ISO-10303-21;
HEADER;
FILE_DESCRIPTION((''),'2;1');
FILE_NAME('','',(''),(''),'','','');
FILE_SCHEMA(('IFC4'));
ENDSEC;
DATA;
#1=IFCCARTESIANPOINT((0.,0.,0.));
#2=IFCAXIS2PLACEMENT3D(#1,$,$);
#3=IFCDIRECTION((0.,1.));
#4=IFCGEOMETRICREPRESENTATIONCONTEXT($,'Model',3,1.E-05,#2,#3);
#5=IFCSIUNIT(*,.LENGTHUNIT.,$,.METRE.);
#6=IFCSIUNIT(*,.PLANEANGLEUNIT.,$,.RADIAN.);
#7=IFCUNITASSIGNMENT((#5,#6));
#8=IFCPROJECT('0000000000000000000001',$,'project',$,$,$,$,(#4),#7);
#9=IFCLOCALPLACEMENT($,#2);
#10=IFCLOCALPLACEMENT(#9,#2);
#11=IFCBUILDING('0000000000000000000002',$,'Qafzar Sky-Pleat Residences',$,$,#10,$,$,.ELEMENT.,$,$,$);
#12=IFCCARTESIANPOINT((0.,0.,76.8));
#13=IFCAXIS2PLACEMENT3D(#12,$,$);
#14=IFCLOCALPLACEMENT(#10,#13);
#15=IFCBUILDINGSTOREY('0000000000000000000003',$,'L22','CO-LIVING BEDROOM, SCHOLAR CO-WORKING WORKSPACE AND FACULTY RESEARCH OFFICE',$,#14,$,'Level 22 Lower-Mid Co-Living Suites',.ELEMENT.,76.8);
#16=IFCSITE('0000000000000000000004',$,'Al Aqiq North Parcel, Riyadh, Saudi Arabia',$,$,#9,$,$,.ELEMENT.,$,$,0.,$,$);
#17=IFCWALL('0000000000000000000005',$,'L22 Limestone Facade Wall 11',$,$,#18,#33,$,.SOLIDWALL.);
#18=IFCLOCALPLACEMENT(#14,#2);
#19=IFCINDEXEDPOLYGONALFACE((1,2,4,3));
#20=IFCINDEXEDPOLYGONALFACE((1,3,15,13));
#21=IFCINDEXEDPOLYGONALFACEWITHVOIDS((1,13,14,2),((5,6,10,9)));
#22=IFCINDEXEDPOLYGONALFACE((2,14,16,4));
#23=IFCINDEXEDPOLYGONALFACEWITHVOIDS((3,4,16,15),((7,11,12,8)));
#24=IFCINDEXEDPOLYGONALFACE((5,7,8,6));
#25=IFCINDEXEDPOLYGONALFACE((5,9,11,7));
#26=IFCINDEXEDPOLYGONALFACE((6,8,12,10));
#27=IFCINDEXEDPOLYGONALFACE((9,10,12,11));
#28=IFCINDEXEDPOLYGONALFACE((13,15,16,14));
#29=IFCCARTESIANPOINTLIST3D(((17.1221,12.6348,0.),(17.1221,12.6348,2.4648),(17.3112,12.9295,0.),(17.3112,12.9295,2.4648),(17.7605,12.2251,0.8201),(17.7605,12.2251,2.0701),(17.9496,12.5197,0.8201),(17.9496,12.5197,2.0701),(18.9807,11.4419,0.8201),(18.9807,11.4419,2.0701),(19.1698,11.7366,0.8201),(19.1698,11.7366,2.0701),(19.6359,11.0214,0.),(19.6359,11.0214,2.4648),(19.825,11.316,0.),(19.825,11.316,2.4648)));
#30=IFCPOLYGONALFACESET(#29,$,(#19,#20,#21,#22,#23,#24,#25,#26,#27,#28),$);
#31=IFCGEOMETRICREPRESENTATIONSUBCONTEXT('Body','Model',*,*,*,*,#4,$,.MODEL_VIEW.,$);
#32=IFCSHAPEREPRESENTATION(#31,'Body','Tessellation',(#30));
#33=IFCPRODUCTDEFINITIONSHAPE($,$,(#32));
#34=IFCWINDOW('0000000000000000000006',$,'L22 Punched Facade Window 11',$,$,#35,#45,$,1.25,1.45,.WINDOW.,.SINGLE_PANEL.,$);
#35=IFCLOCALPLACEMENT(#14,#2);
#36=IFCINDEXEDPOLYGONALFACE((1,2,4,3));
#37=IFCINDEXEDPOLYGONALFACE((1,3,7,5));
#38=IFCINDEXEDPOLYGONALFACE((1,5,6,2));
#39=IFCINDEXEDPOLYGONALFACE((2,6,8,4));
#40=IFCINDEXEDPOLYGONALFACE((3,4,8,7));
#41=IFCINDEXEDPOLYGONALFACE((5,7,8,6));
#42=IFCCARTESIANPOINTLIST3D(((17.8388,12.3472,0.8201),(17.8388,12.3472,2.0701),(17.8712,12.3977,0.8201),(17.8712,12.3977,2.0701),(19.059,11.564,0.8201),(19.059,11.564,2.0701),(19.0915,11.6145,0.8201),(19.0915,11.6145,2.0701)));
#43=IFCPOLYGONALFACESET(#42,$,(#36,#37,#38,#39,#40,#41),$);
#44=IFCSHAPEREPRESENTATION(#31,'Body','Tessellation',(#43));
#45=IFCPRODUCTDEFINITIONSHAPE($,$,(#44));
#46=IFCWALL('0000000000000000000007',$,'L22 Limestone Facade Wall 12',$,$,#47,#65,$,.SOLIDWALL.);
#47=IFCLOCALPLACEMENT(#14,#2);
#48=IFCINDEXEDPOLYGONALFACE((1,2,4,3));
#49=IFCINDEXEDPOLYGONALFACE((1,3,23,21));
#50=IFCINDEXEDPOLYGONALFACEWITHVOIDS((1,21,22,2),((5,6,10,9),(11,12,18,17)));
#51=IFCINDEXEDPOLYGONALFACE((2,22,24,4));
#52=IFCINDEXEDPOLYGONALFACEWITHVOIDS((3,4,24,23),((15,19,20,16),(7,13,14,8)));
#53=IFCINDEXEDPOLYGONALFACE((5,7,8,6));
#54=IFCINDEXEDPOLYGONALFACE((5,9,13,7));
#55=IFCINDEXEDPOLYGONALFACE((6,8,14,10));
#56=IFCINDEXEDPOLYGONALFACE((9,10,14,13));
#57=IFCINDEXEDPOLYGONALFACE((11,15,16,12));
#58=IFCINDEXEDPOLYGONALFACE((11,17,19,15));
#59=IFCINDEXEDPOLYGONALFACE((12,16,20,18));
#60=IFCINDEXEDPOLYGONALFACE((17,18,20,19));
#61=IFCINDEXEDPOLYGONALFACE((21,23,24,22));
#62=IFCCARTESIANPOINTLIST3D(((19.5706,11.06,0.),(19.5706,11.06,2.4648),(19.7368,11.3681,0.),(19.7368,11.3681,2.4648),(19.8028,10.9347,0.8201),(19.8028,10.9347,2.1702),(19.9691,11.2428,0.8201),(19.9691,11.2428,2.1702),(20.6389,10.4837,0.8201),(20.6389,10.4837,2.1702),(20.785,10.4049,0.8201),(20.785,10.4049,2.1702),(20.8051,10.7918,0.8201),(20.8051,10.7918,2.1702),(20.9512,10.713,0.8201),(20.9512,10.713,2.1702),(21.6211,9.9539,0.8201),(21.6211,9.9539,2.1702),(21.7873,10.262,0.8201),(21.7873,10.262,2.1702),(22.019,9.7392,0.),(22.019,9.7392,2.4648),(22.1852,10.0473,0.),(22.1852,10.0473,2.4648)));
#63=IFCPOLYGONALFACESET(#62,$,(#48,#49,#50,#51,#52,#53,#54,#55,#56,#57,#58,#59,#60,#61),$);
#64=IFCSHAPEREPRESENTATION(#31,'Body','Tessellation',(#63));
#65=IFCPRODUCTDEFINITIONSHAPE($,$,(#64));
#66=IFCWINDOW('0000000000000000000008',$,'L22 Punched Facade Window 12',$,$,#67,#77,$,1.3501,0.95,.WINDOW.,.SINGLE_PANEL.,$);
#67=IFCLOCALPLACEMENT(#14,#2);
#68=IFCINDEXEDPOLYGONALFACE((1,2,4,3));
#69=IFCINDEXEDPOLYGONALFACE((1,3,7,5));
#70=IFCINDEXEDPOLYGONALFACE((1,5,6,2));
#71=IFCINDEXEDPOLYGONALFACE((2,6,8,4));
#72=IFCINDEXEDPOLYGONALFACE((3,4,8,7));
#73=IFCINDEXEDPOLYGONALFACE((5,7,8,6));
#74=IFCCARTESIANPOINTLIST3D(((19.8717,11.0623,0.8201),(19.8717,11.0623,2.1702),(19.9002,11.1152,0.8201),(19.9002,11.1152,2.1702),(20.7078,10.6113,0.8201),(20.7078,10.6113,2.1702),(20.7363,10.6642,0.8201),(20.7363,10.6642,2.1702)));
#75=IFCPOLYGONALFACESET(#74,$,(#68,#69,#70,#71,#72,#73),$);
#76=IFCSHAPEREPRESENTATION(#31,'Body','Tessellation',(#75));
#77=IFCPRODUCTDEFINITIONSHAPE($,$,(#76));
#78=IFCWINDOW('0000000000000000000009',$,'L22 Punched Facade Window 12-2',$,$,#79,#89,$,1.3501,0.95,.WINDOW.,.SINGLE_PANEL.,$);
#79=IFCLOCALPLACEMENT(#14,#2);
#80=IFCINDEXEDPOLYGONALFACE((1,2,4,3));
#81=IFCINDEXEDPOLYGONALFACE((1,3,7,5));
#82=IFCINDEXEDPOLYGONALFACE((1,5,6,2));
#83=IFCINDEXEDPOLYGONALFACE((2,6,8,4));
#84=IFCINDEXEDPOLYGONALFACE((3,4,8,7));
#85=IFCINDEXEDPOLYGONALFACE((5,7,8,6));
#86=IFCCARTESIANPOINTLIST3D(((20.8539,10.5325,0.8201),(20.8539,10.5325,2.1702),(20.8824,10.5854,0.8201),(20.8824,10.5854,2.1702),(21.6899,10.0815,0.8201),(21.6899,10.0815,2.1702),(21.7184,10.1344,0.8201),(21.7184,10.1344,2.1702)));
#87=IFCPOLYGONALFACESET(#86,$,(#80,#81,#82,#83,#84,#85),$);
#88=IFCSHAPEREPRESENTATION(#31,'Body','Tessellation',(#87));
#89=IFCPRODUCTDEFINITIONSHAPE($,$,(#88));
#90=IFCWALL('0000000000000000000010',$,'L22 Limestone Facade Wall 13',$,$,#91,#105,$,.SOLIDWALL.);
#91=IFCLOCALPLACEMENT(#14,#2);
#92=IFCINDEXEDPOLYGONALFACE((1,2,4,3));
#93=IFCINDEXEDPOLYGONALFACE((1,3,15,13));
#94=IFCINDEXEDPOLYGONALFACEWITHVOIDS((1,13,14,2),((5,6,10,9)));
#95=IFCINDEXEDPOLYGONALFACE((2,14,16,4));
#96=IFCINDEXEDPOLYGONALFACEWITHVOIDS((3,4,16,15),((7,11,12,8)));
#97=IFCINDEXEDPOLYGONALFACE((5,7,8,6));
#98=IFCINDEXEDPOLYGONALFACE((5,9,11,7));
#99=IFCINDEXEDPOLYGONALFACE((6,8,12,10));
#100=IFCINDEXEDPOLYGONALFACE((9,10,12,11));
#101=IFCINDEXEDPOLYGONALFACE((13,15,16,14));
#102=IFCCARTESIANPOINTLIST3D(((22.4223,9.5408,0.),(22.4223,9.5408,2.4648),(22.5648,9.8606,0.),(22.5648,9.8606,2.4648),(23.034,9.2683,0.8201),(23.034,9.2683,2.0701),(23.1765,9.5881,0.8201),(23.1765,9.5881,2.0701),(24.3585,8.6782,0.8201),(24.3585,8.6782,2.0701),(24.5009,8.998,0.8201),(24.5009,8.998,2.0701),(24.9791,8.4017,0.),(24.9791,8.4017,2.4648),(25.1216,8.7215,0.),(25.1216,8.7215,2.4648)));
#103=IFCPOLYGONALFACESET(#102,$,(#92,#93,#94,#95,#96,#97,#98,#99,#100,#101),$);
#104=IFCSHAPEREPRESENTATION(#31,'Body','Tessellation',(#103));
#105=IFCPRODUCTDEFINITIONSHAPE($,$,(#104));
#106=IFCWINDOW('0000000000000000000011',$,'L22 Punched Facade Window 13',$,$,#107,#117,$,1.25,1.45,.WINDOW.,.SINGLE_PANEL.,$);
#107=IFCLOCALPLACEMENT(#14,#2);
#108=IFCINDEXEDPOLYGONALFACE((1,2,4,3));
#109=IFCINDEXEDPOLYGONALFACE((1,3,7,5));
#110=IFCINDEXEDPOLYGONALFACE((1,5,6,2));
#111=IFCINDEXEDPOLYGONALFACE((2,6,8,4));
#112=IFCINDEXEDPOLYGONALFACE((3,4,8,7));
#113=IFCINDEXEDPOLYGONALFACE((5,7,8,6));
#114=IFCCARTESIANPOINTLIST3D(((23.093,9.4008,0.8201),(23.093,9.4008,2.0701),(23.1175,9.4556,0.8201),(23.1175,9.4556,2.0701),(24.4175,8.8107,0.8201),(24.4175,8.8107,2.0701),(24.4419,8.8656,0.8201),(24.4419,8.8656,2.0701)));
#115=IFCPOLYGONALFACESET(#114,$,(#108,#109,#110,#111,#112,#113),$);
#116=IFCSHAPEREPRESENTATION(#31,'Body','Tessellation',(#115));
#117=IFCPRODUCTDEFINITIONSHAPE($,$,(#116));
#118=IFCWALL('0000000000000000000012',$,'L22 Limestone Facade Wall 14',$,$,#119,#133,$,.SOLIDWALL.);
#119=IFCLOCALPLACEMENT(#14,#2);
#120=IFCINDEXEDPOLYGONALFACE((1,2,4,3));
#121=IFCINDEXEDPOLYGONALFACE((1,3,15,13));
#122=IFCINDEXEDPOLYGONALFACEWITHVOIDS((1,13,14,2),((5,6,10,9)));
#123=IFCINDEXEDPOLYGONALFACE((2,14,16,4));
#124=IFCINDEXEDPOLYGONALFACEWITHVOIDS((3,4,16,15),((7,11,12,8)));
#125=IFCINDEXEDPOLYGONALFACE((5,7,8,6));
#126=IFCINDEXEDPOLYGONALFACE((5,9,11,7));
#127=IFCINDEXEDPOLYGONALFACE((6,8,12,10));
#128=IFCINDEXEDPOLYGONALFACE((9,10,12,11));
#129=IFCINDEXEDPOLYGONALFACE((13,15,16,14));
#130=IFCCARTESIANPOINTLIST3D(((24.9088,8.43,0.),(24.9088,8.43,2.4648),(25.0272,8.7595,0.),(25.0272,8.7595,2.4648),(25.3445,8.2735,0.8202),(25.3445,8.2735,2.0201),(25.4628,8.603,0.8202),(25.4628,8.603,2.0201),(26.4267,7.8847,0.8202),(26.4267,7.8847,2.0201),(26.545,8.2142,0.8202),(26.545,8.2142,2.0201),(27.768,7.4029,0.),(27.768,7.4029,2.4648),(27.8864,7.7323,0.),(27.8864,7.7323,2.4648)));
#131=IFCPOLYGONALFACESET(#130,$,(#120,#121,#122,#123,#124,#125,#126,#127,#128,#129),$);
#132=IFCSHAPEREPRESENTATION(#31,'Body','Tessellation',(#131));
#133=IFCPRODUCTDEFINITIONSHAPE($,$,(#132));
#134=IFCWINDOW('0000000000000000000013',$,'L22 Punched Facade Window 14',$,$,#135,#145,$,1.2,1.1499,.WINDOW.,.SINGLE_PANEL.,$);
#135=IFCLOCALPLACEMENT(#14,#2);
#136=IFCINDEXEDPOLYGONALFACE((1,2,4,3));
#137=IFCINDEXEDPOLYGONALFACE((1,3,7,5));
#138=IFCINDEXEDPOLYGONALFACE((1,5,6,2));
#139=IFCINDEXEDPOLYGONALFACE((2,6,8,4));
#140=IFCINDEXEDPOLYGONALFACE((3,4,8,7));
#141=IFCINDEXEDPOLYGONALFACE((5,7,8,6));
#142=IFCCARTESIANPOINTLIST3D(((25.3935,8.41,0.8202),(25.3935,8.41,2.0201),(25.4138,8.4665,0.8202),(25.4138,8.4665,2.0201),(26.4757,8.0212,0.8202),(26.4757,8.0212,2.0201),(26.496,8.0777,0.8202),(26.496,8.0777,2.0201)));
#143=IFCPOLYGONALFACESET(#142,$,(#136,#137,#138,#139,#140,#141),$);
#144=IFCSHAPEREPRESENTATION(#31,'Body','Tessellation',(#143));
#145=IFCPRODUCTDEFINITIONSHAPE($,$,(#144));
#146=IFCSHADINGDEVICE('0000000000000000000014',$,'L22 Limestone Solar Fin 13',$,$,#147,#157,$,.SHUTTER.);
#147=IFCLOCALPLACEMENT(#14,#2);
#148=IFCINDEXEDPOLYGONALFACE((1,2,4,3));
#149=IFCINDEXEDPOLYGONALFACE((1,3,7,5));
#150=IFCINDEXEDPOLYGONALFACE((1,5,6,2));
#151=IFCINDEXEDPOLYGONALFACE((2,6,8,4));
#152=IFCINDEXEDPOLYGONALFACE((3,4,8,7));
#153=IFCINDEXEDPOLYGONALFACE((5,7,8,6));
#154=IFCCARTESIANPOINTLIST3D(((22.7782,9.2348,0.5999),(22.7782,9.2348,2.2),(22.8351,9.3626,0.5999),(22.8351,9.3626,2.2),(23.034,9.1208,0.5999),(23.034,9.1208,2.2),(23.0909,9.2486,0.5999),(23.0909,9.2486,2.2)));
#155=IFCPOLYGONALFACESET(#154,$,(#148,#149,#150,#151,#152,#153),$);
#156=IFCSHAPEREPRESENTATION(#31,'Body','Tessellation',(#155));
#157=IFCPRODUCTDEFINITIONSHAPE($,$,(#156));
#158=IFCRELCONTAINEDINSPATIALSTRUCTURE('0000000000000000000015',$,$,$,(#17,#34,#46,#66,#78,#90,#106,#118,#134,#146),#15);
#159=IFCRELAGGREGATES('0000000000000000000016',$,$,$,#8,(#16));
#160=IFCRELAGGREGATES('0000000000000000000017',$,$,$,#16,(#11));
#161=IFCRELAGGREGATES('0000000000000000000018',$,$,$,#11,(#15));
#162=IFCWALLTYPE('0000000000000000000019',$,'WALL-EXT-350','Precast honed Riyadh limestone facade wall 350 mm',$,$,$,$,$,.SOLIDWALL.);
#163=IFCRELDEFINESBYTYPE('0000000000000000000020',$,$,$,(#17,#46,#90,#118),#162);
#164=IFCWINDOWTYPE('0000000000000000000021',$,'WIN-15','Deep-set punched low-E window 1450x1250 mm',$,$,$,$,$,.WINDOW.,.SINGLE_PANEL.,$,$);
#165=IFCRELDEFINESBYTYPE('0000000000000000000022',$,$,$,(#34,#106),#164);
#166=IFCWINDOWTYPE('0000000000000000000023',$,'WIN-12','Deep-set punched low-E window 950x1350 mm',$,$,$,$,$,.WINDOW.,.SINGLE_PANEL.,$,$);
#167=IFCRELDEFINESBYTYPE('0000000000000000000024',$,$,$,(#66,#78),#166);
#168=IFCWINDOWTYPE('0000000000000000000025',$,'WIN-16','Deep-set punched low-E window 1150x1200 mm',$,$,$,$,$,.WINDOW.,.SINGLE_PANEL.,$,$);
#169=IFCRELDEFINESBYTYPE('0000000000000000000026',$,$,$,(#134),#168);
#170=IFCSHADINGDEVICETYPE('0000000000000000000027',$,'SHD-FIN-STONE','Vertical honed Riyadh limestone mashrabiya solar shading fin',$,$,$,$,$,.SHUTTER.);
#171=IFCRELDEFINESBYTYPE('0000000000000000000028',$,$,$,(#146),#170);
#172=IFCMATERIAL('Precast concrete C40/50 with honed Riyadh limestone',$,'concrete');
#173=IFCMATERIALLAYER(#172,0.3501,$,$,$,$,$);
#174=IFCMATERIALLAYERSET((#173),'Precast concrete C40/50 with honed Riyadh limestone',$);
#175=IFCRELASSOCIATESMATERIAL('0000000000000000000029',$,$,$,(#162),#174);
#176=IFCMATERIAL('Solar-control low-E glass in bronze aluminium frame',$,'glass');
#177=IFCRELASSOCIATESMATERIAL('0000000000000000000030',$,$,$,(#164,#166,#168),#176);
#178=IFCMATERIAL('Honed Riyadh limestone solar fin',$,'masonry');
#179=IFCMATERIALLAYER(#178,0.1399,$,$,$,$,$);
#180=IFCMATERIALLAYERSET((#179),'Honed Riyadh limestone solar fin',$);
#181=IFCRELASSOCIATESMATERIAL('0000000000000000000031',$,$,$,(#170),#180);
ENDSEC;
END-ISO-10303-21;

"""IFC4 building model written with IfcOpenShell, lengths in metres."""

from ifc_helpers import new_model, si_unit, direction, frame, frame_2d, origin, origin_2d, place, context, subcontext, project, spatial, rectangle, extrude, source, transform, mapped, material, layer, layer_set, type_object, element, fill, save


model = new_model("IFC4")

# Units and contexts
model_context = context("Model", 3, precision=1e-05, world=origin(), true_north=direction((0.0, 1.0)))
body_context = subcontext(model_context, "Body", "Model", "MODEL_VIEW")
ifc_project = project(units=[si_unit("LENGTHUNIT", "METRE"), si_unit("PLANEANGLEUNIT", "RADIAN")], contexts=[model_context])

# Site, building, storey
site_placement = place(None, origin())
site = spatial("IfcSite", under=ifc_project, at=site_placement, Name="Al Aqiq North Parcel, Riyadh, Saudi Arabia", CompositionType="ELEMENT", RefElevation=0.0)
building_placement = place(site_placement, origin())
building = spatial("IfcBuilding", under=site, at=building_placement, Name="Qafzar Sky-Pleat Residences", CompositionType="ELEMENT")
storey_placement = place(building_placement, frame((0.0, 0.0, 76.8)))
storey = spatial("IfcBuildingStorey", under=building, at=storey_placement, Name="L22", Description="CO-LIVING BEDROOM, SCHOLAR CO-WORKING WORKSPACE AND FACULTY RESEARCH OFFICE", LongName="Level 22 Lower-Mid Co-Living Suites", CompositionType="ELEMENT", Elevation=76.8)

# Wall, opening, window
ifc_material_1 = material(Name="Precast concrete C40/50 with honed Riyadh limestone", Category="concrete")
ifc_layer_1 = layer(ifc_material_1, 0.3501)
ifc_layer_set_1 = layer_set([ifc_layer_1], Name="Precast concrete C40/50 with honed Riyadh limestone")
wall_type_1 = type_object("IfcWallType", Name="WALL-EXT-350", Description="Precast honed Riyadh limestone facade wall 350 mm", PredefinedType="SOLIDWALL", material=ifc_layer_set_1)
wall_1_placement = place(storey_placement, frame((17.2166, 12.7822, 0.0), z_axis=(0.0, 0.0, 1.0), x_axis=(0.841569, -0.54015, 0.0)))
wall_1 = element("IfcWall", 1, at=wall_1_placement, inside=storey, type_object=wall_type_1, Name="L22 Limestone Facade Wall 11", PredefinedType="SOLIDWALL", context=body_context, shape_type="SweptSolid", body=[
    extrude(rectangle(XDim=2.9871, YDim=0.3501, at=frame_2d((1.4937, 0.0))), origin(), (0.0, 0.0, 1.0), 2.4648),
])
opening_1_placement = place(wall_1_placement, frame((0.7585, 0.0, 0.8201)))
opening_1 = element("IfcOpeningElement", 2, at=opening_1_placement, cuts=wall_1, PredefinedType="OPENING", context=body_context, shape_type="SweptSolid", body=[
    extrude(rectangle(XDim=1.45, YDim=1.25, at=frame_2d((0.7251, 0.625))), frame((0.0, 0.1851, 0.0), z_axis=(0.0, -1.0, 0.0), x_axis=(1.0, 0.0, 0.0)), (0.0, 0.0, 1.0), 0.3701),
])
ifc_material_2 = material(Name="Solar-control low-E glass in bronze aluminium frame", Category="glass")
window_type_1 = type_object("IfcWindowType", Name="WIN-15", Description="Deep-set punched low-E window 1450x1250 mm", PartitioningType="SINGLE_PANEL", PredefinedType="WINDOW", material=ifc_material_2)
shared_shape_1 = source(origin(), body_context, "Body", "SweptSolid", [
    extrude(rectangle(XDim=1.45, YDim=1.25, at=frame_2d((0.7251, 0.625))), frame((0.0, 0.03, 0.0), z_axis=(0.0, -1.0, 0.0), x_axis=(1.0, 0.0, 0.0)), (0.0, 0.0, 1.0), 0.0601),
])
window_1_placement = place(opening_1_placement, origin())
window_1 = element("IfcWindow", 3, at=window_1_placement, inside=storey, type_object=window_type_1, Name="L22 Punched Facade Window 11", OverallHeight=1.25, OverallWidth=1.45, PartitioningType="SINGLE_PANEL", PredefinedType="WINDOW", context=body_context, shape_type="MappedRepresentation", body=[
    mapped(shared_shape_1, transform((0.0, 0.0, 0.0), x_axis=(1.0, 0.0, 0.0), y_axis=(0.0, 1.0, 0.0), z_axis=(0.0, 0.0, 1.0), scale=1.0)),
])
fill(opening_1, window_1)

# Wall, openings, windows
wall_2_placement = place(storey_placement, frame((19.6536, 11.2141, 0.0), z_axis=(0.0, 0.0, 1.0), x_axis=(0.880113, -0.474764, 0.0)))
wall_2 = element("IfcWall", 4, at=wall_2_placement, inside=storey, type_object=wall_type_1, Name="L22 Limestone Facade Wall 12", PredefinedType="SOLIDWALL", context=body_context, shape_type="SweptSolid", body=[
    extrude(rectangle(XDim=2.782, YDim=0.3501, at=frame_2d((1.3911, 0.0))), origin(), (0.0, 0.0, 1.0), 2.4648),
])
opening_2_placement = place(wall_2_placement, frame((0.2639, 0.0, 0.8201)))
opening_2 = element("IfcOpeningElement", 5, at=opening_2_placement, cuts=wall_2, PredefinedType="OPENING", context=body_context, shape_type="SweptSolid", body=[
    extrude(rectangle(XDim=0.95, YDim=1.3501, at=frame_2d((0.4751, 0.675))), frame((0.0, 0.1851, 0.0), z_axis=(0.0, -1.0, 0.0), x_axis=(1.0, 0.0, 0.0)), (0.0, 0.0, 1.0), 0.3701),
])
opening_3_placement = place(wall_2_placement, frame((1.3799, 0.0, 0.8201)))
opening_3 = element("IfcOpeningElement", 6, at=opening_3_placement, cuts=wall_2, PredefinedType="OPENING", context=body_context, shape_type="SweptSolid", body=[
    extrude(rectangle(XDim=0.95, YDim=1.3501, at=frame_2d((0.4751, 0.675))), frame((0.0, 0.1851, 0.0), z_axis=(0.0, -1.0, 0.0), x_axis=(1.0, 0.0, 0.0)), (0.0, 0.0, 1.0), 0.3701),
])
window_type_2 = type_object("IfcWindowType", Name="WIN-12", Description="Deep-set punched low-E window 950x1350 mm", PartitioningType="SINGLE_PANEL", PredefinedType="WINDOW", material=ifc_material_2)
shared_shape_2 = source(origin(), body_context, "Body", "SweptSolid", [
    extrude(rectangle(XDim=0.95, YDim=1.3501, at=frame_2d((0.4751, 0.675))), frame((0.0, 0.03, 0.0), z_axis=(0.0, -1.0, 0.0), x_axis=(1.0, 0.0, 0.0)), (0.0, 0.0, 1.0), 0.0601),
])
window_2_placement = place(opening_2_placement, origin())
window_2 = element("IfcWindow", 7, at=window_2_placement, inside=storey, type_object=window_type_2, Name="L22 Punched Facade Window 12", OverallHeight=1.3501, OverallWidth=0.95, PartitioningType="SINGLE_PANEL", PredefinedType="WINDOW", context=body_context, shape_type="MappedRepresentation", body=[
    mapped(shared_shape_2, transform((0.0, 0.0, 0.0), x_axis=(1.0, 0.0, 0.0), y_axis=(0.0, 1.0, 0.0), z_axis=(0.0, 0.0, 1.0), scale=1.0)),
])
fill(opening_2, window_2)
window_3_placement = place(opening_3_placement, origin())
window_3 = element("IfcWindow", 8, at=window_3_placement, inside=storey, type_object=window_type_2, Name="L22 Punched Facade Window 12-2", OverallHeight=1.3501, OverallWidth=0.95, PartitioningType="SINGLE_PANEL", PredefinedType="WINDOW", context=body_context, shape_type="MappedRepresentation", body=[
    mapped(shared_shape_2, transform((0.0, 0.0, 0.0), x_axis=(1.0, 0.0, 0.0), y_axis=(0.0, 1.0, 0.0), z_axis=(0.0, 0.0, 1.0), scale=1.0)),
])
fill(opening_3, window_3)

# Walls, openings, windows
wall_3_placement = place(storey_placement, frame((22.4937, 9.7007, 0.0), z_axis=(0.0, 0.0, 1.0), x_axis=(0.913444, -0.406964, 0.0)))
wall_3 = element("IfcWall", 9, at=wall_3_placement, inside=storey, type_object=wall_type_1, Name="L22 Limestone Facade Wall 13", PredefinedType="SOLIDWALL", context=body_context, shape_type="SweptSolid", body=[
    extrude(rectangle(XDim=2.7991, YDim=0.3501, at=frame_2d((1.3994, 0.0))), origin(), (0.0, 0.0, 1.0), 2.4648),
])
opening_4_placement = place(wall_3_placement, frame((0.6694, 0.0, 0.8201)))
opening_4 = element("IfcOpeningElement", 10, at=opening_4_placement, cuts=wall_3, PredefinedType="OPENING", context=body_context, shape_type="SweptSolid", body=[
    extrude(rectangle(XDim=1.45, YDim=1.25, at=frame_2d((0.7251, 0.625))), frame((0.0, 0.1851, 0.0), z_axis=(0.0, -1.0, 0.0), x_axis=(1.0, 0.0, 0.0)), (0.0, 0.0, 1.0), 0.3701),
])
window_4_placement = place(opening_4_placement, origin())
window_4 = element("IfcWindow", 11, at=window_4_placement, inside=storey, type_object=window_type_1, Name="L22 Punched Facade Window 13", OverallHeight=1.25, OverallWidth=1.45, PartitioningType="SINGLE_PANEL", PredefinedType="WINDOW", context=body_context, shape_type="MappedRepresentation", body=[
    mapped(shared_shape_1, transform((0.0, 0.0, 0.0), x_axis=(1.0, 0.0, 0.0), y_axis=(0.0, 1.0, 0.0), z_axis=(0.0, 0.0, 1.0), scale=1.0)),
])
fill(opening_4, window_4)
wall_4_placement = place(storey_placement, frame((24.968, 8.5947, 0.0), z_axis=(0.0, 0.0, 1.0), x_axis=(0.941117, -0.338082, 0.0)))
wall_4 = element("IfcWall", 12, at=wall_4_placement, inside=storey, type_object=wall_type_1, Name="L22 Limestone Facade Wall 14", PredefinedType="SOLIDWALL", context=body_context, shape_type="SweptSolid", body=[
    extrude(rectangle(XDim=3.0381, YDim=0.3501, at=frame_2d((1.519, 0.0))), origin(), (0.0, 0.0, 1.0), 2.4648),
])
opening_5_placement = place(wall_4_placement, frame((0.4629, 0.0, 0.8201)))
opening_5 = element("IfcOpeningElement", 13, at=opening_5_placement, cuts=wall_4, PredefinedType="OPENING", context=body_context, shape_type="SweptSolid", body=[
    extrude(rectangle(XDim=1.1499, YDim=1.2, at=frame_2d((0.575, 0.6001))), frame((0.0, 0.1851, 0.0), z_axis=(0.0, -1.0, 0.0), x_axis=(1.0, 0.0, 0.0)), (0.0, 0.0, 1.0), 0.3701),
])
window_type_3 = type_object("IfcWindowType", Name="WIN-16", Description="Deep-set punched low-E window 1150x1200 mm", PartitioningType="SINGLE_PANEL", PredefinedType="WINDOW", material=ifc_material_2)
shared_shape_3 = source(origin(), body_context, "Body", "SweptSolid", [
    extrude(rectangle(XDim=1.1499, YDim=1.2, at=frame_2d((0.575, 0.6001))), frame((0.0, 0.03, 0.0), z_axis=(0.0, -1.0, 0.0), x_axis=(1.0, 0.0, 0.0)), (0.0, 0.0, 1.0), 0.0601),
])
window_5_placement = place(opening_5_placement, origin())
window_5 = element("IfcWindow", 14, at=window_5_placement, inside=storey, type_object=window_type_3, Name="L22 Punched Facade Window 14", OverallHeight=1.2, OverallWidth=1.1499, PartitioningType="SINGLE_PANEL", PredefinedType="WINDOW", context=body_context, shape_type="MappedRepresentation", body=[
    mapped(shared_shape_3, transform((0.0, 0.0, 0.0), x_axis=(1.0, 0.0, 0.0), y_axis=(0.0, 1.0, 0.0), z_axis=(0.0, 0.0, 1.0), scale=1.0)),
])
fill(opening_5, window_5)

# Shading device
ifc_material_3 = material(Name="Honed Riyadh limestone solar fin", Category="masonry")
ifc_layer_2 = layer(ifc_material_3, 0.1399)
ifc_layer_set_2 = layer_set([ifc_layer_2], Name="Honed Riyadh limestone solar fin")
shading_device_type = type_object("IfcShadingDeviceType", Name="SHD-FIN-STONE", Description="Vertical honed Riyadh limestone mashrabiya solar shading fin", PredefinedType="SHUTTER", material=ifc_layer_set_2)
shared_shape_4 = source(origin(), body_context, "Body", "SweptSolid", [
    extrude(rectangle(XDim=0.1399, YDim=0.28, at=origin_2d()), origin(), (0.0, 0.0, 1.0), 1.6001),
])
shading_device_placement = place(storey_placement, frame((22.9346, 9.2417, 0.5999), z_axis=(0.0, 0.0, 1.0), x_axis=(-0.406987, -0.913434, 0.0)))
element("IfcShadingDevice", 15, at=shading_device_placement, inside=storey, type_object=shading_device_type, Name="L22 Limestone Solar Fin 13", PredefinedType="SHUTTER", context=body_context, shape_type="MappedRepresentation", body=[
    mapped(shared_shape_4, transform((0.0, 0.0, 0.0), x_axis=(1.0, 0.0, 0.0), y_axis=(0.0, 1.0, 0.0), z_axis=(0.0, 0.0, 1.0), scale=1.0)),
])

save(model, "model.ifc")
